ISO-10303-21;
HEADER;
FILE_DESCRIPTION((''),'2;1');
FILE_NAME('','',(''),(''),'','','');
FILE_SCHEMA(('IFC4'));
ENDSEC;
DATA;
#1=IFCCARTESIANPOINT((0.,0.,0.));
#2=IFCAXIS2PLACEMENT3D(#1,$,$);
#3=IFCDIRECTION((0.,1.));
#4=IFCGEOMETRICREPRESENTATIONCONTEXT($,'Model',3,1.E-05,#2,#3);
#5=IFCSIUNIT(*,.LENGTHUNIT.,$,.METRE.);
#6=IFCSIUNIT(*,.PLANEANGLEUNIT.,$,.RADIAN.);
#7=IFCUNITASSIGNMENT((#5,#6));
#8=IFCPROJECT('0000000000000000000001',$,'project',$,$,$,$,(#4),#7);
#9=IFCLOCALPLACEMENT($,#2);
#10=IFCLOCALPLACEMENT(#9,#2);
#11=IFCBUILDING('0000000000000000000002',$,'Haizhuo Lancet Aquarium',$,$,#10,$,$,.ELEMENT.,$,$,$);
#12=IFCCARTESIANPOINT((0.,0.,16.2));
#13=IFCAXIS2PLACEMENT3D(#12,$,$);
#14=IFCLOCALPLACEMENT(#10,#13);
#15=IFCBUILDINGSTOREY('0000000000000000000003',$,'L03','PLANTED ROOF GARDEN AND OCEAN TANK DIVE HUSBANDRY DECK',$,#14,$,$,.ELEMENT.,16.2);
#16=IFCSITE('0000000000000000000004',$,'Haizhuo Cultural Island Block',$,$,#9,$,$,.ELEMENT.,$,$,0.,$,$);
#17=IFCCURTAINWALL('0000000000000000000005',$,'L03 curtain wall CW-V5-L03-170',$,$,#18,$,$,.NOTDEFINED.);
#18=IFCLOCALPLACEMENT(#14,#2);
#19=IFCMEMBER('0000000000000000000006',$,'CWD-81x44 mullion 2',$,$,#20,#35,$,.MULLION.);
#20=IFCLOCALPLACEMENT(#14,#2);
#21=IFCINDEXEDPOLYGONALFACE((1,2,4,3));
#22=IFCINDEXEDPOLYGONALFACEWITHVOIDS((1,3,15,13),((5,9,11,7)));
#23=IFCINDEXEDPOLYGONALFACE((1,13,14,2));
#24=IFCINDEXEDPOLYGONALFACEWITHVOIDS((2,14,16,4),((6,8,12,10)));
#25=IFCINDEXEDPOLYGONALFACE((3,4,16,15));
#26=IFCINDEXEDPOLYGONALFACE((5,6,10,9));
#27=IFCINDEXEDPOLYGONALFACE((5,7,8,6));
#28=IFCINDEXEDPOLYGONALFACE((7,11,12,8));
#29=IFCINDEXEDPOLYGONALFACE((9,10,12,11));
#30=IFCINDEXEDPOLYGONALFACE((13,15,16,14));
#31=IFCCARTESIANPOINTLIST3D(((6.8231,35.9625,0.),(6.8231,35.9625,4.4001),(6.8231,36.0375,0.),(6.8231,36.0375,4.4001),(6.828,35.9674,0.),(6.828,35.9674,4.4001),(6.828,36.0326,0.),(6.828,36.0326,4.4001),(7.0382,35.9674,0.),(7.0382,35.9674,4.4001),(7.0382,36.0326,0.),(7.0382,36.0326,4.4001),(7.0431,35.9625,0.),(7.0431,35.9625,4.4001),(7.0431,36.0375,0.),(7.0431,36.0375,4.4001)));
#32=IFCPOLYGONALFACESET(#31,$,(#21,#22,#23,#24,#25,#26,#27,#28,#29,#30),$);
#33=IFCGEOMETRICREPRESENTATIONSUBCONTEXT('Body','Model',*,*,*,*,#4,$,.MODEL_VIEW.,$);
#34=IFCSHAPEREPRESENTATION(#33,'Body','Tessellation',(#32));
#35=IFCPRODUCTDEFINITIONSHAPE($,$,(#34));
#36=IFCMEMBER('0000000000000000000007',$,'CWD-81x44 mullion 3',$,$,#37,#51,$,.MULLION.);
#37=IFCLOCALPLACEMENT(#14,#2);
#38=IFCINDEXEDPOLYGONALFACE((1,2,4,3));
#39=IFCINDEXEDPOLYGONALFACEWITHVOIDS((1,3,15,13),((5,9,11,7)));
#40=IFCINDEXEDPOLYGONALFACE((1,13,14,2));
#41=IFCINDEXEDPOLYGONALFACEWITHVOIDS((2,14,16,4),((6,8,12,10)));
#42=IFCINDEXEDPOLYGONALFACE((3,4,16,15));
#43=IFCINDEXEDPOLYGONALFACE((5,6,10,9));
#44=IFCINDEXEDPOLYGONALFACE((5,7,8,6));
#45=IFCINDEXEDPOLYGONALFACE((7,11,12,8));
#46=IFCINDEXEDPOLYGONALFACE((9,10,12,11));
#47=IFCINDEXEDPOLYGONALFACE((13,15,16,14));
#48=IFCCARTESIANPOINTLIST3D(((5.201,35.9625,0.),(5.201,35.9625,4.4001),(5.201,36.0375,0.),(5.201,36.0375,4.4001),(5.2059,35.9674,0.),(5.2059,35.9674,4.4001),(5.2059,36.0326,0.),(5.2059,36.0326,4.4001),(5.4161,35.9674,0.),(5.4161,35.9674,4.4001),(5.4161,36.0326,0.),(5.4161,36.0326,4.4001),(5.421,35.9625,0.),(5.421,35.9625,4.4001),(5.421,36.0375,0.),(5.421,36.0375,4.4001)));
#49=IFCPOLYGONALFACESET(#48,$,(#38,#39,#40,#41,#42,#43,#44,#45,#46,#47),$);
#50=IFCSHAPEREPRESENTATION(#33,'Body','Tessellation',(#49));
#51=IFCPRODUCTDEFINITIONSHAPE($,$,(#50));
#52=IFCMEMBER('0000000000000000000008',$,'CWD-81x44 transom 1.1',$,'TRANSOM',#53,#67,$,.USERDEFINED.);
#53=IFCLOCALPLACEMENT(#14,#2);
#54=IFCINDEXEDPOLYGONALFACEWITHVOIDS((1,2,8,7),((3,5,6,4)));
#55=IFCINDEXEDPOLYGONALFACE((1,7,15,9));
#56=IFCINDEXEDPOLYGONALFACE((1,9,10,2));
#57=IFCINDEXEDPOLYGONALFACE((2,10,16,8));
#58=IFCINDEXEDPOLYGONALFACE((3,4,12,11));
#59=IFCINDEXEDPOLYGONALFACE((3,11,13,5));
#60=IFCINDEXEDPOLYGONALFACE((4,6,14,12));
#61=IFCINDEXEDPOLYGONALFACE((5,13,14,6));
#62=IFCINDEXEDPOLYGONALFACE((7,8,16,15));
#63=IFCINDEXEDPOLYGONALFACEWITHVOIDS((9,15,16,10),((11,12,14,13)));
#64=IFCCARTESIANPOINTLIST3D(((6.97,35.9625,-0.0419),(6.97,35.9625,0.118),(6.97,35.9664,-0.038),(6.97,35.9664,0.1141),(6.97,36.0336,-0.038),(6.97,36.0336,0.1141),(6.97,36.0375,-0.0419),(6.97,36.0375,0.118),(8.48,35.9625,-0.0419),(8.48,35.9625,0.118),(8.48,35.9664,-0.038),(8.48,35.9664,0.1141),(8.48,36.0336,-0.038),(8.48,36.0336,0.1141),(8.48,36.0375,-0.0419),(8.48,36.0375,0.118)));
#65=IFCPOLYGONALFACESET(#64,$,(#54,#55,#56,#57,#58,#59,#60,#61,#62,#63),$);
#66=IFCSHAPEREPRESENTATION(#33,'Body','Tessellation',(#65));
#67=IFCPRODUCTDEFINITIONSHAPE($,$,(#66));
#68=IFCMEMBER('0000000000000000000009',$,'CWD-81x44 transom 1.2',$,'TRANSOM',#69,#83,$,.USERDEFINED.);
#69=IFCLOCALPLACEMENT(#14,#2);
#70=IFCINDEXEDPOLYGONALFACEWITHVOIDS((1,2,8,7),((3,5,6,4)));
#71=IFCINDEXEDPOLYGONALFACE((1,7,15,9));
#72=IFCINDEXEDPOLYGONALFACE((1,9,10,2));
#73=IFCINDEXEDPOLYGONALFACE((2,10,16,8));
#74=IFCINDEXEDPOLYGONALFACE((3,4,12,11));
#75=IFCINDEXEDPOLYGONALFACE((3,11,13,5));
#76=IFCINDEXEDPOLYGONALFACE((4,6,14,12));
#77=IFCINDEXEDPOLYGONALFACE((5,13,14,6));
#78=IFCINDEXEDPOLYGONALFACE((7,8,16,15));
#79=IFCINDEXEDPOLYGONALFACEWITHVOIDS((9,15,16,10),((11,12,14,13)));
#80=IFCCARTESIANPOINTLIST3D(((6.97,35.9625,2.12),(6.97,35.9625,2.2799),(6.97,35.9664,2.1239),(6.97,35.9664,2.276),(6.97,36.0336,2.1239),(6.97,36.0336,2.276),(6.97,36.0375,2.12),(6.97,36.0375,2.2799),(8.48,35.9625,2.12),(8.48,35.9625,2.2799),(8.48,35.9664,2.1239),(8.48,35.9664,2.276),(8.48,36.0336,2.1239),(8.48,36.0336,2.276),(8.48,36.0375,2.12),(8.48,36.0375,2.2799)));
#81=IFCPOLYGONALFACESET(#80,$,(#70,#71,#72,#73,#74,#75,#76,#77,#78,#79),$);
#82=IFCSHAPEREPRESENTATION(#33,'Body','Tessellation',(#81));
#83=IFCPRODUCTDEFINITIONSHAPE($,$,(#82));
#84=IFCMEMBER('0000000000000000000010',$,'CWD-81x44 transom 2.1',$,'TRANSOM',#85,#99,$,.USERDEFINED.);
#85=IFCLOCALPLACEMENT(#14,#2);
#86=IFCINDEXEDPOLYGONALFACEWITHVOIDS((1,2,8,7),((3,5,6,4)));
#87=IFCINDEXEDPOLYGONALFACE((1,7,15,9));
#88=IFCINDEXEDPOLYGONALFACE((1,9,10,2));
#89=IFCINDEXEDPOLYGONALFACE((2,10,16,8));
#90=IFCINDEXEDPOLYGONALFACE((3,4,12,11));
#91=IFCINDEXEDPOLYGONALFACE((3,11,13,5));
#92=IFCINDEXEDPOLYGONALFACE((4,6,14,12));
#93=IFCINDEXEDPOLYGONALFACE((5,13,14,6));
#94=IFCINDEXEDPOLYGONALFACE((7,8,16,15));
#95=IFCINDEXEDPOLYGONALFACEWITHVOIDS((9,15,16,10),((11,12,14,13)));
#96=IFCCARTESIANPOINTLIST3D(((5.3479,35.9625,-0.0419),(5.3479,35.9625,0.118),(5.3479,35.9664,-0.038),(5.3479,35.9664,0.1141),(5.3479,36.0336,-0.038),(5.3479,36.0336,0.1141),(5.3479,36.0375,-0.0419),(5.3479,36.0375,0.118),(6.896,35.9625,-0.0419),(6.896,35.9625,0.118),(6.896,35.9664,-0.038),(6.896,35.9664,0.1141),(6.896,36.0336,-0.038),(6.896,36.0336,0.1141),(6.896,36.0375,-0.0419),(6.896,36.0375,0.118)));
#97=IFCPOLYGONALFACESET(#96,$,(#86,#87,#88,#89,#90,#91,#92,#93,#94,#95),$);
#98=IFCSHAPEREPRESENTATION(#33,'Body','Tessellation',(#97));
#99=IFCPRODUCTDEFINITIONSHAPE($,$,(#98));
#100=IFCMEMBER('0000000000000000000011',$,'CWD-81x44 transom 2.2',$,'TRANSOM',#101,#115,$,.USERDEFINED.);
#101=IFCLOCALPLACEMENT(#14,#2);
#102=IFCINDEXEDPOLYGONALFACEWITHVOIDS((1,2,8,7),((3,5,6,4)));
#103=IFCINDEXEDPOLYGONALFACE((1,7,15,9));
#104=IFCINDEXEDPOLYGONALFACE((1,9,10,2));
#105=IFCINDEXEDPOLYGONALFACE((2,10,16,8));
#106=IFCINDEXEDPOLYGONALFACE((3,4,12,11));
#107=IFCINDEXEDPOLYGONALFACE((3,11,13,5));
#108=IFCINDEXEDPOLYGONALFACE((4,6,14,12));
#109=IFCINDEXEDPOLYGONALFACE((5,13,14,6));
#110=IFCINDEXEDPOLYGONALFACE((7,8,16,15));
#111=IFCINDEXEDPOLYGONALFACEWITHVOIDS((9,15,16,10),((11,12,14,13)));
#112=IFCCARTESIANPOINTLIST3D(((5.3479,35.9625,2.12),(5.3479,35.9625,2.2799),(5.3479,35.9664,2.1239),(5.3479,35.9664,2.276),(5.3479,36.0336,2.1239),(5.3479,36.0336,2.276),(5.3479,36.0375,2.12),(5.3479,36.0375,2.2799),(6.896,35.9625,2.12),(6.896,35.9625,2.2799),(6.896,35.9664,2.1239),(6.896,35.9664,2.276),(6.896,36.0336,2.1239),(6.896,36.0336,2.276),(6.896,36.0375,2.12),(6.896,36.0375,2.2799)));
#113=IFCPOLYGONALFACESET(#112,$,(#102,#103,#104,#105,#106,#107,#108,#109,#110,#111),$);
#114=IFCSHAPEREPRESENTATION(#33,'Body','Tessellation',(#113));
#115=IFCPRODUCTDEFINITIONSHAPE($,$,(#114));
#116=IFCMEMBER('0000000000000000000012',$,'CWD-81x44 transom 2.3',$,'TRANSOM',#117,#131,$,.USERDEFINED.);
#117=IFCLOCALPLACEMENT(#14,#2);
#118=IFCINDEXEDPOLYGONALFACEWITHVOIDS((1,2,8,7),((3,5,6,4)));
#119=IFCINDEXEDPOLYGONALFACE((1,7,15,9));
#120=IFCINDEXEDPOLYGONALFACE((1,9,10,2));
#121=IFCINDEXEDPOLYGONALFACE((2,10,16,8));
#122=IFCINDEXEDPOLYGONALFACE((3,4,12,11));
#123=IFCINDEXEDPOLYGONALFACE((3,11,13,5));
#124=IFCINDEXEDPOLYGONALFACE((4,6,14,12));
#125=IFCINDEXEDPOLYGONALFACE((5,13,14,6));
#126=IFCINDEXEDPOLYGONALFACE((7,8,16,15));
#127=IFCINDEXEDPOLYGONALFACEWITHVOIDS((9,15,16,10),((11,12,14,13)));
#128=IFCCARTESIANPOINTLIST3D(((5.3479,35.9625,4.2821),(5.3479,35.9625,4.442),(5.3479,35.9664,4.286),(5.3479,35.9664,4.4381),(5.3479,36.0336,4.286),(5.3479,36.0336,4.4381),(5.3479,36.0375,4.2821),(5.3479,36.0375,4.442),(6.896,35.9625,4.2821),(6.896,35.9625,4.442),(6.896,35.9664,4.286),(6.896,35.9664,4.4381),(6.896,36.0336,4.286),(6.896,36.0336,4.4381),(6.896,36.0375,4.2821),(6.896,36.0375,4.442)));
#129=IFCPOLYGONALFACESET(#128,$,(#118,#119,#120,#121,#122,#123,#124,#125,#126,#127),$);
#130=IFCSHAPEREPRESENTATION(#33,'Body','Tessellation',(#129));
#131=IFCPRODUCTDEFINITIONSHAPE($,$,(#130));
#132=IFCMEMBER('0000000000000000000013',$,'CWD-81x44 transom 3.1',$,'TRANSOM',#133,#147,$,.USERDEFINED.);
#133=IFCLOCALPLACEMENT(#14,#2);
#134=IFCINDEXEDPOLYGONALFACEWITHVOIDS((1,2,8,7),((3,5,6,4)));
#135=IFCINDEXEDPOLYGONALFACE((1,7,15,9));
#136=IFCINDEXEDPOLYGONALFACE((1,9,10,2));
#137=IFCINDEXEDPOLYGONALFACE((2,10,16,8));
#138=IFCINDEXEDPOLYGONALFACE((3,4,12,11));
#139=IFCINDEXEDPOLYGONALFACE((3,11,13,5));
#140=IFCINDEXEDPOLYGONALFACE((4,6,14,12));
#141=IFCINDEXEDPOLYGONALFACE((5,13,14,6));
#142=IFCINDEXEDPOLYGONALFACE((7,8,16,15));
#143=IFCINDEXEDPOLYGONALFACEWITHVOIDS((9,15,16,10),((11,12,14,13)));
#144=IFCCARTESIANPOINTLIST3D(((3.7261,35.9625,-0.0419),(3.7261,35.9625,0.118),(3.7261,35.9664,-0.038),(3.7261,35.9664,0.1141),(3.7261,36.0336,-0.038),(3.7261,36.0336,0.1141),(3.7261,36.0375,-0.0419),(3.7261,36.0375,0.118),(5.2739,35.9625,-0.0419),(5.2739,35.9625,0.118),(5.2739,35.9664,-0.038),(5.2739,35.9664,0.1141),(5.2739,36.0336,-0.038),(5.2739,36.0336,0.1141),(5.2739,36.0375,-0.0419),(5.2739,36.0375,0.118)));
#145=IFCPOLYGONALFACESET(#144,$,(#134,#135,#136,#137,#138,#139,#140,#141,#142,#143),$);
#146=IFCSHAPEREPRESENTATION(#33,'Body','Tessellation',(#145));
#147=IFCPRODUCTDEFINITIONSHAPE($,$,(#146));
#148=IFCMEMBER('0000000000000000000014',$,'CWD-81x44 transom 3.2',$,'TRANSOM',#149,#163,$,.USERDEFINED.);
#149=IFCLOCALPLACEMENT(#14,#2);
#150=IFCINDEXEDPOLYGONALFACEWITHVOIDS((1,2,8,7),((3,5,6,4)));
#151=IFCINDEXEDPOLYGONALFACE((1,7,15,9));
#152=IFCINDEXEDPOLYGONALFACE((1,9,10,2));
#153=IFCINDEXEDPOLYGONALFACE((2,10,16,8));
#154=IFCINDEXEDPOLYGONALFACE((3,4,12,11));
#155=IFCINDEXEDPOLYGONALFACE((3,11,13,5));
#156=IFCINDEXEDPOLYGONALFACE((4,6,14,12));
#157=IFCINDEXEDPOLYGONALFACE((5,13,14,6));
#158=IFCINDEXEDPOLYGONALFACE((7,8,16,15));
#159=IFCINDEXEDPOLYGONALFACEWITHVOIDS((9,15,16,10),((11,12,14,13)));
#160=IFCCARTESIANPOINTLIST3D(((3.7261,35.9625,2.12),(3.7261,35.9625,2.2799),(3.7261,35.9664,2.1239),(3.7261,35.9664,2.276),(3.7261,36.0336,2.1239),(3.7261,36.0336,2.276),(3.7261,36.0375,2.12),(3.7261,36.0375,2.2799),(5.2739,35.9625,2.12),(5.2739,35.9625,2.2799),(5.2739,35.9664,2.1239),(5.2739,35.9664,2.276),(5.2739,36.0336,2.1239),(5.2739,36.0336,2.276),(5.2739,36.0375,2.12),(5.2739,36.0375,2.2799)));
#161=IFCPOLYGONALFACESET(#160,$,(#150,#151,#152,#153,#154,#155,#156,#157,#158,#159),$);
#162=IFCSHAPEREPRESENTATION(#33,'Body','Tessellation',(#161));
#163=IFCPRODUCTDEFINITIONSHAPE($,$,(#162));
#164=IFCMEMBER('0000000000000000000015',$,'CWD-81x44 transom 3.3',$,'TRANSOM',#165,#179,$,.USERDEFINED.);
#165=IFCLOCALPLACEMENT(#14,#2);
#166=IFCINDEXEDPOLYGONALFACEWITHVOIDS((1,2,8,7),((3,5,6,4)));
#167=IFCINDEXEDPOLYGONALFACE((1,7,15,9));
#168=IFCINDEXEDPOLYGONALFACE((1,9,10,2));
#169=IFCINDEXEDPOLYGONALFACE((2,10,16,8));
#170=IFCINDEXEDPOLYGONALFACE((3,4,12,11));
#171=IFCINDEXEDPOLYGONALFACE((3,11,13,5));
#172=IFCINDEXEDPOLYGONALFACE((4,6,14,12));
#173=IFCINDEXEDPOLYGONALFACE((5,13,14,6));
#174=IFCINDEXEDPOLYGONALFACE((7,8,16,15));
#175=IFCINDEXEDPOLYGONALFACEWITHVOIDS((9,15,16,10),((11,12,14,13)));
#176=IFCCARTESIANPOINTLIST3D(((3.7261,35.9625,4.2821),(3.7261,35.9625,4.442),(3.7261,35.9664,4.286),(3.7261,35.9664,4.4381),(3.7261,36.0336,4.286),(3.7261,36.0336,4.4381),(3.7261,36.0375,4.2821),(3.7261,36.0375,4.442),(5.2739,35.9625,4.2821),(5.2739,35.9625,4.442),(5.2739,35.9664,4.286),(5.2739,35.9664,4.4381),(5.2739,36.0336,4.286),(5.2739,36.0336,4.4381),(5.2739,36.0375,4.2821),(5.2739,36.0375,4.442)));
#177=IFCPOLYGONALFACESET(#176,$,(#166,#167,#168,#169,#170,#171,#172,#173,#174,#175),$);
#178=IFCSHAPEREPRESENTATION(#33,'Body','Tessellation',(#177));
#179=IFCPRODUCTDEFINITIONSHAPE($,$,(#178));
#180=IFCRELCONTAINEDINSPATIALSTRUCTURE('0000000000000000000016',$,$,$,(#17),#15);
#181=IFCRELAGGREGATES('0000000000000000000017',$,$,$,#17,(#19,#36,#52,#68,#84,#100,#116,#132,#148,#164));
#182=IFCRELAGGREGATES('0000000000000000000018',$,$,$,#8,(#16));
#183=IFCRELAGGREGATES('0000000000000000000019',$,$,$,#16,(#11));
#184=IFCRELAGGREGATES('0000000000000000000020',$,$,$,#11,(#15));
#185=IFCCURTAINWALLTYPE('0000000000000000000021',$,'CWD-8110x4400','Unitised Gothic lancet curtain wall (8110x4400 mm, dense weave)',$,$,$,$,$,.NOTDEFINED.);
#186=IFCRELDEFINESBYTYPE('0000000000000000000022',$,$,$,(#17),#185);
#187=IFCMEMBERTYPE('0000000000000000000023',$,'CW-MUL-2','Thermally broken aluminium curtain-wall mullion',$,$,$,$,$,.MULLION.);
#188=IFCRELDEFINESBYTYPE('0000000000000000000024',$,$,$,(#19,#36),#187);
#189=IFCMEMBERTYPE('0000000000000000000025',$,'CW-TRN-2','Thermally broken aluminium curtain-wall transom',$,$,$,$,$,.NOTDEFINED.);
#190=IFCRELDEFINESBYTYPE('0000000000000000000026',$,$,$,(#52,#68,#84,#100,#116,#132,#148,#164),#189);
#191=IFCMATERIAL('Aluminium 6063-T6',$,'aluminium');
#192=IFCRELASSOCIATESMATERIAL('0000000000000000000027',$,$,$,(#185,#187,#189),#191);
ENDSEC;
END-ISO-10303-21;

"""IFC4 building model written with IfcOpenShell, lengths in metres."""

from ifc_helpers import new_model, si_unit, direction, frame, origin, origin_2d, place, context, subcontext, project, spatial, hollow_rectangle, extrude, material, material_profile, profile_set, type_object, element, aggregate, save


model = new_model("IFC4")

# Units and contexts
model_context = context("Model", 3, precision=1e-05, world=origin(), true_north=direction((0.0, 1.0)))
body_context = subcontext(model_context, "Body", "Model", "MODEL_VIEW")
ifc_project = project(units=[si_unit("LENGTHUNIT", "METRE"), si_unit("PLANEANGLEUNIT", "RADIAN")], contexts=[model_context])

# Site, building, storey
site_placement = place(None, origin())
site = spatial("IfcSite", under=ifc_project, at=site_placement, Name="Haizhuo Cultural Island Block", CompositionType="ELEMENT", RefElevation=0.0)
building_placement = place(site_placement, origin())
building = spatial("IfcBuilding", under=site, at=building_placement, Name="Haizhuo Lancet Aquarium", CompositionType="ELEMENT")
storey_placement = place(building_placement, frame((0.0, 0.0, 16.2)))
storey = spatial("IfcBuildingStorey", under=building, at=storey_placement, Name="L03", Description="PLANTED ROOF GARDEN AND OCEAN TANK DIVE HUSBANDRY DECK", CompositionType="ELEMENT", Elevation=16.2)

# Curtain wall, members
ifc_material_1 = material(Name="Aluminium 6063-T6", Category="aluminium")
curtain_wall_type = type_object("IfcCurtainWallType", Name="CWD-8110x4400", Description="Unitised Gothic lancet curtain wall (8110x4400 mm, dense weave)", PredefinedType="NOTDEFINED", material=ifc_material_1)
curtain_wall_placement = place(storey_placement, origin())
curtain_wall = element("IfcCurtainWall", 1, at=curtain_wall_placement, inside=storey, type_object=curtain_wall_type, Name="L03 curtain wall CW-V5-L03-170", PredefinedType="NOTDEFINED")
ifc_material_profile_1 = material_profile(ifc_material_1, hollow_rectangle(XDim=0.075, YDim=0.22, WallThickness=0.0049, at=origin_2d()), Name="ALU-M 75x220x5")
ifc_profile_set_1 = profile_set([ifc_material_profile_1], Name="Aluminium 6063-T6")
member_type_1 = type_object("IfcMemberType", Name="CW-MUL-2", Description="Thermally broken aluminium curtain-wall mullion", PredefinedType="MULLION", material=ifc_profile_set_1)
member_1_placement = place(storey_placement, frame((6.9331, 36.0, 0.0), z_axis=(0.0, 0.0, 1.0), x_axis=(0.0, -1.0, 0.0)))
member_1 = element("IfcMember", 2, at=member_1_placement, type_object=member_type_1, Name="CWD-81x44 mullion 2", PredefinedType="MULLION", context=body_context, shape_type="SweptSolid", body=[
    extrude(hollow_rectangle(XDim=0.075, YDim=0.22, WallThickness=0.0049, at=origin_2d()), origin(), (0.0, 0.0, 1.0), 4.4001),
])
member_2_placement = place(storey_placement, frame((5.311, 36.0, 0.0), z_axis=(0.0, 0.0, 1.0), x_axis=(0.0, -1.0, 0.0)))
member_2 = element("IfcMember", 3, at=member_2_placement, type_object=member_type_1, Name="CWD-81x44 mullion 3", PredefinedType="MULLION", context=body_context, shape_type="SweptSolid", body=[
    extrude(hollow_rectangle(XDim=0.075, YDim=0.22, WallThickness=0.0049, at=origin_2d()), origin(), (0.0, 0.0, 1.0), 4.4001),
])
ifc_material_profile_2 = material_profile(ifc_material_1, hollow_rectangle(XDim=0.075, YDim=0.1599, WallThickness=0.0039, at=origin_2d()), Name="ALU-T 75x160x4")
ifc_profile_set_2 = profile_set([ifc_material_profile_2], Name="Aluminium 6063-T6")
member_type_2 = type_object("IfcMemberType", Name="CW-TRN-2", Description="Thermally broken aluminium curtain-wall transom", PredefinedType="NOTDEFINED", material=ifc_profile_set_2)
member_3_placement = place(storey_placement, frame((8.48, 36.0, 0.0381), z_axis=(-1.0, 0.0, 0.0), x_axis=(0.0, -1.0, 0.0)))
member_3 = element("IfcMember", 4, at=member_3_placement, type_object=member_type_2, Name="CWD-81x44 transom 1.1", ObjectType="TRANSOM", PredefinedType="USERDEFINED", context=body_context, shape_type="SweptSolid", body=[
    extrude(hollow_rectangle(XDim=0.075, YDim=0.1599, WallThickness=0.0039, at=origin_2d()), origin(), (0.0, 0.0, 1.0), 1.51),
])
member_4_placement = place(storey_placement, frame((8.48, 36.0, 2.2), z_axis=(-1.0, 0.0, 0.0), x_axis=(0.0, -1.0, 0.0)))
member_4 = element("IfcMember", 5, at=member_4_placement, type_object=member_type_2, Name="CWD-81x44 transom 1.2", ObjectType="TRANSOM", PredefinedType="USERDEFINED", context=body_context, shape_type="SweptSolid", body=[
    extrude(hollow_rectangle(XDim=0.075, YDim=0.1599, WallThickness=0.0039, at=origin_2d()), origin(), (0.0, 0.0, 1.0), 1.51),
])
member_5_placement = place(storey_placement, frame((6.896, 36.0, 0.0381), z_axis=(-1.0, 0.0, 0.0), x_axis=(0.0, -1.0, 0.0)))
member_5 = element("IfcMember", 6, at=member_5_placement, type_object=member_type_2, Name="CWD-81x44 transom 2.1", ObjectType="TRANSOM", PredefinedType="USERDEFINED", context=body_context, shape_type="SweptSolid", body=[
    extrude(hollow_rectangle(XDim=0.075, YDim=0.1599, WallThickness=0.0039, at=origin_2d()), origin(), (0.0, 0.0, 1.0), 1.5481),
])
member_6_placement = place(storey_placement, frame((6.896, 36.0, 2.2), z_axis=(-1.0, 0.0, 0.0), x_axis=(0.0, -1.0, 0.0)))
member_6 = element("IfcMember", 7, at=member_6_placement, type_object=member_type_2, Name="CWD-81x44 transom 2.2", ObjectType="TRANSOM", PredefinedType="USERDEFINED", context=body_context, shape_type="SweptSolid", body=[
    extrude(hollow_rectangle(XDim=0.075, YDim=0.1599, WallThickness=0.0039, at=origin_2d()), origin(), (0.0, 0.0, 1.0), 1.5481),
])
member_7_placement = place(storey_placement, frame((6.896, 36.0, 4.3621), z_axis=(-1.0, 0.0, 0.0), x_axis=(0.0, -1.0, 0.0)))
member_7 = element("IfcMember", 8, at=member_7_placement, type_object=member_type_2, Name="CWD-81x44 transom 2.3", ObjectType="TRANSOM", PredefinedType="USERDEFINED", context=body_context, shape_type="SweptSolid", body=[
    extrude(hollow_rectangle(XDim=0.075, YDim=0.1599, WallThickness=0.0039, at=origin_2d()), origin(), (0.0, 0.0, 1.0), 1.5481),
])
member_8_placement = place(storey_placement, frame((5.2739, 36.0, 0.0381), z_axis=(-1.0, 0.0, 0.0), x_axis=(0.0, -1.0, 0.0)))
member_8 = element("IfcMember", 9, at=member_8_placement, type_object=member_type_2, Name="CWD-81x44 transom 3.1", ObjectType="TRANSOM", PredefinedType="USERDEFINED", context=body_context, shape_type="SweptSolid", body=[
    extrude(hollow_rectangle(XDim=0.075, YDim=0.1599, WallThickness=0.0039, at=origin_2d()), origin(), (0.0, 0.0, 1.0), 1.5479),
])
member_9_placement = place(storey_placement, frame((5.2739, 36.0, 2.2), z_axis=(-1.0, 0.0, 0.0), x_axis=(0.0, -1.0, 0.0)))
member_9 = element("IfcMember", 10, at=member_9_placement, type_object=member_type_2, Name="CWD-81x44 transom 3.2", ObjectType="TRANSOM", PredefinedType="USERDEFINED", context=body_context, shape_type="SweptSolid", body=[
    extrude(hollow_rectangle(XDim=0.075, YDim=0.1599, WallThickness=0.0039, at=origin_2d()), origin(), (0.0, 0.0, 1.0), 1.5479),
])
member_10_placement = place(storey_placement, frame((5.2739, 36.0, 4.3621), z_axis=(-1.0, 0.0, 0.0), x_axis=(0.0, -1.0, 0.0)))
member_10 = element("IfcMember", 11, at=member_10_placement, type_object=member_type_2, Name="CWD-81x44 transom 3.3", ObjectType="TRANSOM", PredefinedType="USERDEFINED", context=body_context, shape_type="SweptSolid", body=[
    extrude(hollow_rectangle(XDim=0.075, YDim=0.1599, WallThickness=0.0039, at=origin_2d()), origin(), (0.0, 0.0, 1.0), 1.5479),
])

aggregate(curtain_wall, [member_1, member_2, member_3, member_4, member_5, member_6, member_7, member_8, member_9, member_10])

save(model, "model.ifc")
